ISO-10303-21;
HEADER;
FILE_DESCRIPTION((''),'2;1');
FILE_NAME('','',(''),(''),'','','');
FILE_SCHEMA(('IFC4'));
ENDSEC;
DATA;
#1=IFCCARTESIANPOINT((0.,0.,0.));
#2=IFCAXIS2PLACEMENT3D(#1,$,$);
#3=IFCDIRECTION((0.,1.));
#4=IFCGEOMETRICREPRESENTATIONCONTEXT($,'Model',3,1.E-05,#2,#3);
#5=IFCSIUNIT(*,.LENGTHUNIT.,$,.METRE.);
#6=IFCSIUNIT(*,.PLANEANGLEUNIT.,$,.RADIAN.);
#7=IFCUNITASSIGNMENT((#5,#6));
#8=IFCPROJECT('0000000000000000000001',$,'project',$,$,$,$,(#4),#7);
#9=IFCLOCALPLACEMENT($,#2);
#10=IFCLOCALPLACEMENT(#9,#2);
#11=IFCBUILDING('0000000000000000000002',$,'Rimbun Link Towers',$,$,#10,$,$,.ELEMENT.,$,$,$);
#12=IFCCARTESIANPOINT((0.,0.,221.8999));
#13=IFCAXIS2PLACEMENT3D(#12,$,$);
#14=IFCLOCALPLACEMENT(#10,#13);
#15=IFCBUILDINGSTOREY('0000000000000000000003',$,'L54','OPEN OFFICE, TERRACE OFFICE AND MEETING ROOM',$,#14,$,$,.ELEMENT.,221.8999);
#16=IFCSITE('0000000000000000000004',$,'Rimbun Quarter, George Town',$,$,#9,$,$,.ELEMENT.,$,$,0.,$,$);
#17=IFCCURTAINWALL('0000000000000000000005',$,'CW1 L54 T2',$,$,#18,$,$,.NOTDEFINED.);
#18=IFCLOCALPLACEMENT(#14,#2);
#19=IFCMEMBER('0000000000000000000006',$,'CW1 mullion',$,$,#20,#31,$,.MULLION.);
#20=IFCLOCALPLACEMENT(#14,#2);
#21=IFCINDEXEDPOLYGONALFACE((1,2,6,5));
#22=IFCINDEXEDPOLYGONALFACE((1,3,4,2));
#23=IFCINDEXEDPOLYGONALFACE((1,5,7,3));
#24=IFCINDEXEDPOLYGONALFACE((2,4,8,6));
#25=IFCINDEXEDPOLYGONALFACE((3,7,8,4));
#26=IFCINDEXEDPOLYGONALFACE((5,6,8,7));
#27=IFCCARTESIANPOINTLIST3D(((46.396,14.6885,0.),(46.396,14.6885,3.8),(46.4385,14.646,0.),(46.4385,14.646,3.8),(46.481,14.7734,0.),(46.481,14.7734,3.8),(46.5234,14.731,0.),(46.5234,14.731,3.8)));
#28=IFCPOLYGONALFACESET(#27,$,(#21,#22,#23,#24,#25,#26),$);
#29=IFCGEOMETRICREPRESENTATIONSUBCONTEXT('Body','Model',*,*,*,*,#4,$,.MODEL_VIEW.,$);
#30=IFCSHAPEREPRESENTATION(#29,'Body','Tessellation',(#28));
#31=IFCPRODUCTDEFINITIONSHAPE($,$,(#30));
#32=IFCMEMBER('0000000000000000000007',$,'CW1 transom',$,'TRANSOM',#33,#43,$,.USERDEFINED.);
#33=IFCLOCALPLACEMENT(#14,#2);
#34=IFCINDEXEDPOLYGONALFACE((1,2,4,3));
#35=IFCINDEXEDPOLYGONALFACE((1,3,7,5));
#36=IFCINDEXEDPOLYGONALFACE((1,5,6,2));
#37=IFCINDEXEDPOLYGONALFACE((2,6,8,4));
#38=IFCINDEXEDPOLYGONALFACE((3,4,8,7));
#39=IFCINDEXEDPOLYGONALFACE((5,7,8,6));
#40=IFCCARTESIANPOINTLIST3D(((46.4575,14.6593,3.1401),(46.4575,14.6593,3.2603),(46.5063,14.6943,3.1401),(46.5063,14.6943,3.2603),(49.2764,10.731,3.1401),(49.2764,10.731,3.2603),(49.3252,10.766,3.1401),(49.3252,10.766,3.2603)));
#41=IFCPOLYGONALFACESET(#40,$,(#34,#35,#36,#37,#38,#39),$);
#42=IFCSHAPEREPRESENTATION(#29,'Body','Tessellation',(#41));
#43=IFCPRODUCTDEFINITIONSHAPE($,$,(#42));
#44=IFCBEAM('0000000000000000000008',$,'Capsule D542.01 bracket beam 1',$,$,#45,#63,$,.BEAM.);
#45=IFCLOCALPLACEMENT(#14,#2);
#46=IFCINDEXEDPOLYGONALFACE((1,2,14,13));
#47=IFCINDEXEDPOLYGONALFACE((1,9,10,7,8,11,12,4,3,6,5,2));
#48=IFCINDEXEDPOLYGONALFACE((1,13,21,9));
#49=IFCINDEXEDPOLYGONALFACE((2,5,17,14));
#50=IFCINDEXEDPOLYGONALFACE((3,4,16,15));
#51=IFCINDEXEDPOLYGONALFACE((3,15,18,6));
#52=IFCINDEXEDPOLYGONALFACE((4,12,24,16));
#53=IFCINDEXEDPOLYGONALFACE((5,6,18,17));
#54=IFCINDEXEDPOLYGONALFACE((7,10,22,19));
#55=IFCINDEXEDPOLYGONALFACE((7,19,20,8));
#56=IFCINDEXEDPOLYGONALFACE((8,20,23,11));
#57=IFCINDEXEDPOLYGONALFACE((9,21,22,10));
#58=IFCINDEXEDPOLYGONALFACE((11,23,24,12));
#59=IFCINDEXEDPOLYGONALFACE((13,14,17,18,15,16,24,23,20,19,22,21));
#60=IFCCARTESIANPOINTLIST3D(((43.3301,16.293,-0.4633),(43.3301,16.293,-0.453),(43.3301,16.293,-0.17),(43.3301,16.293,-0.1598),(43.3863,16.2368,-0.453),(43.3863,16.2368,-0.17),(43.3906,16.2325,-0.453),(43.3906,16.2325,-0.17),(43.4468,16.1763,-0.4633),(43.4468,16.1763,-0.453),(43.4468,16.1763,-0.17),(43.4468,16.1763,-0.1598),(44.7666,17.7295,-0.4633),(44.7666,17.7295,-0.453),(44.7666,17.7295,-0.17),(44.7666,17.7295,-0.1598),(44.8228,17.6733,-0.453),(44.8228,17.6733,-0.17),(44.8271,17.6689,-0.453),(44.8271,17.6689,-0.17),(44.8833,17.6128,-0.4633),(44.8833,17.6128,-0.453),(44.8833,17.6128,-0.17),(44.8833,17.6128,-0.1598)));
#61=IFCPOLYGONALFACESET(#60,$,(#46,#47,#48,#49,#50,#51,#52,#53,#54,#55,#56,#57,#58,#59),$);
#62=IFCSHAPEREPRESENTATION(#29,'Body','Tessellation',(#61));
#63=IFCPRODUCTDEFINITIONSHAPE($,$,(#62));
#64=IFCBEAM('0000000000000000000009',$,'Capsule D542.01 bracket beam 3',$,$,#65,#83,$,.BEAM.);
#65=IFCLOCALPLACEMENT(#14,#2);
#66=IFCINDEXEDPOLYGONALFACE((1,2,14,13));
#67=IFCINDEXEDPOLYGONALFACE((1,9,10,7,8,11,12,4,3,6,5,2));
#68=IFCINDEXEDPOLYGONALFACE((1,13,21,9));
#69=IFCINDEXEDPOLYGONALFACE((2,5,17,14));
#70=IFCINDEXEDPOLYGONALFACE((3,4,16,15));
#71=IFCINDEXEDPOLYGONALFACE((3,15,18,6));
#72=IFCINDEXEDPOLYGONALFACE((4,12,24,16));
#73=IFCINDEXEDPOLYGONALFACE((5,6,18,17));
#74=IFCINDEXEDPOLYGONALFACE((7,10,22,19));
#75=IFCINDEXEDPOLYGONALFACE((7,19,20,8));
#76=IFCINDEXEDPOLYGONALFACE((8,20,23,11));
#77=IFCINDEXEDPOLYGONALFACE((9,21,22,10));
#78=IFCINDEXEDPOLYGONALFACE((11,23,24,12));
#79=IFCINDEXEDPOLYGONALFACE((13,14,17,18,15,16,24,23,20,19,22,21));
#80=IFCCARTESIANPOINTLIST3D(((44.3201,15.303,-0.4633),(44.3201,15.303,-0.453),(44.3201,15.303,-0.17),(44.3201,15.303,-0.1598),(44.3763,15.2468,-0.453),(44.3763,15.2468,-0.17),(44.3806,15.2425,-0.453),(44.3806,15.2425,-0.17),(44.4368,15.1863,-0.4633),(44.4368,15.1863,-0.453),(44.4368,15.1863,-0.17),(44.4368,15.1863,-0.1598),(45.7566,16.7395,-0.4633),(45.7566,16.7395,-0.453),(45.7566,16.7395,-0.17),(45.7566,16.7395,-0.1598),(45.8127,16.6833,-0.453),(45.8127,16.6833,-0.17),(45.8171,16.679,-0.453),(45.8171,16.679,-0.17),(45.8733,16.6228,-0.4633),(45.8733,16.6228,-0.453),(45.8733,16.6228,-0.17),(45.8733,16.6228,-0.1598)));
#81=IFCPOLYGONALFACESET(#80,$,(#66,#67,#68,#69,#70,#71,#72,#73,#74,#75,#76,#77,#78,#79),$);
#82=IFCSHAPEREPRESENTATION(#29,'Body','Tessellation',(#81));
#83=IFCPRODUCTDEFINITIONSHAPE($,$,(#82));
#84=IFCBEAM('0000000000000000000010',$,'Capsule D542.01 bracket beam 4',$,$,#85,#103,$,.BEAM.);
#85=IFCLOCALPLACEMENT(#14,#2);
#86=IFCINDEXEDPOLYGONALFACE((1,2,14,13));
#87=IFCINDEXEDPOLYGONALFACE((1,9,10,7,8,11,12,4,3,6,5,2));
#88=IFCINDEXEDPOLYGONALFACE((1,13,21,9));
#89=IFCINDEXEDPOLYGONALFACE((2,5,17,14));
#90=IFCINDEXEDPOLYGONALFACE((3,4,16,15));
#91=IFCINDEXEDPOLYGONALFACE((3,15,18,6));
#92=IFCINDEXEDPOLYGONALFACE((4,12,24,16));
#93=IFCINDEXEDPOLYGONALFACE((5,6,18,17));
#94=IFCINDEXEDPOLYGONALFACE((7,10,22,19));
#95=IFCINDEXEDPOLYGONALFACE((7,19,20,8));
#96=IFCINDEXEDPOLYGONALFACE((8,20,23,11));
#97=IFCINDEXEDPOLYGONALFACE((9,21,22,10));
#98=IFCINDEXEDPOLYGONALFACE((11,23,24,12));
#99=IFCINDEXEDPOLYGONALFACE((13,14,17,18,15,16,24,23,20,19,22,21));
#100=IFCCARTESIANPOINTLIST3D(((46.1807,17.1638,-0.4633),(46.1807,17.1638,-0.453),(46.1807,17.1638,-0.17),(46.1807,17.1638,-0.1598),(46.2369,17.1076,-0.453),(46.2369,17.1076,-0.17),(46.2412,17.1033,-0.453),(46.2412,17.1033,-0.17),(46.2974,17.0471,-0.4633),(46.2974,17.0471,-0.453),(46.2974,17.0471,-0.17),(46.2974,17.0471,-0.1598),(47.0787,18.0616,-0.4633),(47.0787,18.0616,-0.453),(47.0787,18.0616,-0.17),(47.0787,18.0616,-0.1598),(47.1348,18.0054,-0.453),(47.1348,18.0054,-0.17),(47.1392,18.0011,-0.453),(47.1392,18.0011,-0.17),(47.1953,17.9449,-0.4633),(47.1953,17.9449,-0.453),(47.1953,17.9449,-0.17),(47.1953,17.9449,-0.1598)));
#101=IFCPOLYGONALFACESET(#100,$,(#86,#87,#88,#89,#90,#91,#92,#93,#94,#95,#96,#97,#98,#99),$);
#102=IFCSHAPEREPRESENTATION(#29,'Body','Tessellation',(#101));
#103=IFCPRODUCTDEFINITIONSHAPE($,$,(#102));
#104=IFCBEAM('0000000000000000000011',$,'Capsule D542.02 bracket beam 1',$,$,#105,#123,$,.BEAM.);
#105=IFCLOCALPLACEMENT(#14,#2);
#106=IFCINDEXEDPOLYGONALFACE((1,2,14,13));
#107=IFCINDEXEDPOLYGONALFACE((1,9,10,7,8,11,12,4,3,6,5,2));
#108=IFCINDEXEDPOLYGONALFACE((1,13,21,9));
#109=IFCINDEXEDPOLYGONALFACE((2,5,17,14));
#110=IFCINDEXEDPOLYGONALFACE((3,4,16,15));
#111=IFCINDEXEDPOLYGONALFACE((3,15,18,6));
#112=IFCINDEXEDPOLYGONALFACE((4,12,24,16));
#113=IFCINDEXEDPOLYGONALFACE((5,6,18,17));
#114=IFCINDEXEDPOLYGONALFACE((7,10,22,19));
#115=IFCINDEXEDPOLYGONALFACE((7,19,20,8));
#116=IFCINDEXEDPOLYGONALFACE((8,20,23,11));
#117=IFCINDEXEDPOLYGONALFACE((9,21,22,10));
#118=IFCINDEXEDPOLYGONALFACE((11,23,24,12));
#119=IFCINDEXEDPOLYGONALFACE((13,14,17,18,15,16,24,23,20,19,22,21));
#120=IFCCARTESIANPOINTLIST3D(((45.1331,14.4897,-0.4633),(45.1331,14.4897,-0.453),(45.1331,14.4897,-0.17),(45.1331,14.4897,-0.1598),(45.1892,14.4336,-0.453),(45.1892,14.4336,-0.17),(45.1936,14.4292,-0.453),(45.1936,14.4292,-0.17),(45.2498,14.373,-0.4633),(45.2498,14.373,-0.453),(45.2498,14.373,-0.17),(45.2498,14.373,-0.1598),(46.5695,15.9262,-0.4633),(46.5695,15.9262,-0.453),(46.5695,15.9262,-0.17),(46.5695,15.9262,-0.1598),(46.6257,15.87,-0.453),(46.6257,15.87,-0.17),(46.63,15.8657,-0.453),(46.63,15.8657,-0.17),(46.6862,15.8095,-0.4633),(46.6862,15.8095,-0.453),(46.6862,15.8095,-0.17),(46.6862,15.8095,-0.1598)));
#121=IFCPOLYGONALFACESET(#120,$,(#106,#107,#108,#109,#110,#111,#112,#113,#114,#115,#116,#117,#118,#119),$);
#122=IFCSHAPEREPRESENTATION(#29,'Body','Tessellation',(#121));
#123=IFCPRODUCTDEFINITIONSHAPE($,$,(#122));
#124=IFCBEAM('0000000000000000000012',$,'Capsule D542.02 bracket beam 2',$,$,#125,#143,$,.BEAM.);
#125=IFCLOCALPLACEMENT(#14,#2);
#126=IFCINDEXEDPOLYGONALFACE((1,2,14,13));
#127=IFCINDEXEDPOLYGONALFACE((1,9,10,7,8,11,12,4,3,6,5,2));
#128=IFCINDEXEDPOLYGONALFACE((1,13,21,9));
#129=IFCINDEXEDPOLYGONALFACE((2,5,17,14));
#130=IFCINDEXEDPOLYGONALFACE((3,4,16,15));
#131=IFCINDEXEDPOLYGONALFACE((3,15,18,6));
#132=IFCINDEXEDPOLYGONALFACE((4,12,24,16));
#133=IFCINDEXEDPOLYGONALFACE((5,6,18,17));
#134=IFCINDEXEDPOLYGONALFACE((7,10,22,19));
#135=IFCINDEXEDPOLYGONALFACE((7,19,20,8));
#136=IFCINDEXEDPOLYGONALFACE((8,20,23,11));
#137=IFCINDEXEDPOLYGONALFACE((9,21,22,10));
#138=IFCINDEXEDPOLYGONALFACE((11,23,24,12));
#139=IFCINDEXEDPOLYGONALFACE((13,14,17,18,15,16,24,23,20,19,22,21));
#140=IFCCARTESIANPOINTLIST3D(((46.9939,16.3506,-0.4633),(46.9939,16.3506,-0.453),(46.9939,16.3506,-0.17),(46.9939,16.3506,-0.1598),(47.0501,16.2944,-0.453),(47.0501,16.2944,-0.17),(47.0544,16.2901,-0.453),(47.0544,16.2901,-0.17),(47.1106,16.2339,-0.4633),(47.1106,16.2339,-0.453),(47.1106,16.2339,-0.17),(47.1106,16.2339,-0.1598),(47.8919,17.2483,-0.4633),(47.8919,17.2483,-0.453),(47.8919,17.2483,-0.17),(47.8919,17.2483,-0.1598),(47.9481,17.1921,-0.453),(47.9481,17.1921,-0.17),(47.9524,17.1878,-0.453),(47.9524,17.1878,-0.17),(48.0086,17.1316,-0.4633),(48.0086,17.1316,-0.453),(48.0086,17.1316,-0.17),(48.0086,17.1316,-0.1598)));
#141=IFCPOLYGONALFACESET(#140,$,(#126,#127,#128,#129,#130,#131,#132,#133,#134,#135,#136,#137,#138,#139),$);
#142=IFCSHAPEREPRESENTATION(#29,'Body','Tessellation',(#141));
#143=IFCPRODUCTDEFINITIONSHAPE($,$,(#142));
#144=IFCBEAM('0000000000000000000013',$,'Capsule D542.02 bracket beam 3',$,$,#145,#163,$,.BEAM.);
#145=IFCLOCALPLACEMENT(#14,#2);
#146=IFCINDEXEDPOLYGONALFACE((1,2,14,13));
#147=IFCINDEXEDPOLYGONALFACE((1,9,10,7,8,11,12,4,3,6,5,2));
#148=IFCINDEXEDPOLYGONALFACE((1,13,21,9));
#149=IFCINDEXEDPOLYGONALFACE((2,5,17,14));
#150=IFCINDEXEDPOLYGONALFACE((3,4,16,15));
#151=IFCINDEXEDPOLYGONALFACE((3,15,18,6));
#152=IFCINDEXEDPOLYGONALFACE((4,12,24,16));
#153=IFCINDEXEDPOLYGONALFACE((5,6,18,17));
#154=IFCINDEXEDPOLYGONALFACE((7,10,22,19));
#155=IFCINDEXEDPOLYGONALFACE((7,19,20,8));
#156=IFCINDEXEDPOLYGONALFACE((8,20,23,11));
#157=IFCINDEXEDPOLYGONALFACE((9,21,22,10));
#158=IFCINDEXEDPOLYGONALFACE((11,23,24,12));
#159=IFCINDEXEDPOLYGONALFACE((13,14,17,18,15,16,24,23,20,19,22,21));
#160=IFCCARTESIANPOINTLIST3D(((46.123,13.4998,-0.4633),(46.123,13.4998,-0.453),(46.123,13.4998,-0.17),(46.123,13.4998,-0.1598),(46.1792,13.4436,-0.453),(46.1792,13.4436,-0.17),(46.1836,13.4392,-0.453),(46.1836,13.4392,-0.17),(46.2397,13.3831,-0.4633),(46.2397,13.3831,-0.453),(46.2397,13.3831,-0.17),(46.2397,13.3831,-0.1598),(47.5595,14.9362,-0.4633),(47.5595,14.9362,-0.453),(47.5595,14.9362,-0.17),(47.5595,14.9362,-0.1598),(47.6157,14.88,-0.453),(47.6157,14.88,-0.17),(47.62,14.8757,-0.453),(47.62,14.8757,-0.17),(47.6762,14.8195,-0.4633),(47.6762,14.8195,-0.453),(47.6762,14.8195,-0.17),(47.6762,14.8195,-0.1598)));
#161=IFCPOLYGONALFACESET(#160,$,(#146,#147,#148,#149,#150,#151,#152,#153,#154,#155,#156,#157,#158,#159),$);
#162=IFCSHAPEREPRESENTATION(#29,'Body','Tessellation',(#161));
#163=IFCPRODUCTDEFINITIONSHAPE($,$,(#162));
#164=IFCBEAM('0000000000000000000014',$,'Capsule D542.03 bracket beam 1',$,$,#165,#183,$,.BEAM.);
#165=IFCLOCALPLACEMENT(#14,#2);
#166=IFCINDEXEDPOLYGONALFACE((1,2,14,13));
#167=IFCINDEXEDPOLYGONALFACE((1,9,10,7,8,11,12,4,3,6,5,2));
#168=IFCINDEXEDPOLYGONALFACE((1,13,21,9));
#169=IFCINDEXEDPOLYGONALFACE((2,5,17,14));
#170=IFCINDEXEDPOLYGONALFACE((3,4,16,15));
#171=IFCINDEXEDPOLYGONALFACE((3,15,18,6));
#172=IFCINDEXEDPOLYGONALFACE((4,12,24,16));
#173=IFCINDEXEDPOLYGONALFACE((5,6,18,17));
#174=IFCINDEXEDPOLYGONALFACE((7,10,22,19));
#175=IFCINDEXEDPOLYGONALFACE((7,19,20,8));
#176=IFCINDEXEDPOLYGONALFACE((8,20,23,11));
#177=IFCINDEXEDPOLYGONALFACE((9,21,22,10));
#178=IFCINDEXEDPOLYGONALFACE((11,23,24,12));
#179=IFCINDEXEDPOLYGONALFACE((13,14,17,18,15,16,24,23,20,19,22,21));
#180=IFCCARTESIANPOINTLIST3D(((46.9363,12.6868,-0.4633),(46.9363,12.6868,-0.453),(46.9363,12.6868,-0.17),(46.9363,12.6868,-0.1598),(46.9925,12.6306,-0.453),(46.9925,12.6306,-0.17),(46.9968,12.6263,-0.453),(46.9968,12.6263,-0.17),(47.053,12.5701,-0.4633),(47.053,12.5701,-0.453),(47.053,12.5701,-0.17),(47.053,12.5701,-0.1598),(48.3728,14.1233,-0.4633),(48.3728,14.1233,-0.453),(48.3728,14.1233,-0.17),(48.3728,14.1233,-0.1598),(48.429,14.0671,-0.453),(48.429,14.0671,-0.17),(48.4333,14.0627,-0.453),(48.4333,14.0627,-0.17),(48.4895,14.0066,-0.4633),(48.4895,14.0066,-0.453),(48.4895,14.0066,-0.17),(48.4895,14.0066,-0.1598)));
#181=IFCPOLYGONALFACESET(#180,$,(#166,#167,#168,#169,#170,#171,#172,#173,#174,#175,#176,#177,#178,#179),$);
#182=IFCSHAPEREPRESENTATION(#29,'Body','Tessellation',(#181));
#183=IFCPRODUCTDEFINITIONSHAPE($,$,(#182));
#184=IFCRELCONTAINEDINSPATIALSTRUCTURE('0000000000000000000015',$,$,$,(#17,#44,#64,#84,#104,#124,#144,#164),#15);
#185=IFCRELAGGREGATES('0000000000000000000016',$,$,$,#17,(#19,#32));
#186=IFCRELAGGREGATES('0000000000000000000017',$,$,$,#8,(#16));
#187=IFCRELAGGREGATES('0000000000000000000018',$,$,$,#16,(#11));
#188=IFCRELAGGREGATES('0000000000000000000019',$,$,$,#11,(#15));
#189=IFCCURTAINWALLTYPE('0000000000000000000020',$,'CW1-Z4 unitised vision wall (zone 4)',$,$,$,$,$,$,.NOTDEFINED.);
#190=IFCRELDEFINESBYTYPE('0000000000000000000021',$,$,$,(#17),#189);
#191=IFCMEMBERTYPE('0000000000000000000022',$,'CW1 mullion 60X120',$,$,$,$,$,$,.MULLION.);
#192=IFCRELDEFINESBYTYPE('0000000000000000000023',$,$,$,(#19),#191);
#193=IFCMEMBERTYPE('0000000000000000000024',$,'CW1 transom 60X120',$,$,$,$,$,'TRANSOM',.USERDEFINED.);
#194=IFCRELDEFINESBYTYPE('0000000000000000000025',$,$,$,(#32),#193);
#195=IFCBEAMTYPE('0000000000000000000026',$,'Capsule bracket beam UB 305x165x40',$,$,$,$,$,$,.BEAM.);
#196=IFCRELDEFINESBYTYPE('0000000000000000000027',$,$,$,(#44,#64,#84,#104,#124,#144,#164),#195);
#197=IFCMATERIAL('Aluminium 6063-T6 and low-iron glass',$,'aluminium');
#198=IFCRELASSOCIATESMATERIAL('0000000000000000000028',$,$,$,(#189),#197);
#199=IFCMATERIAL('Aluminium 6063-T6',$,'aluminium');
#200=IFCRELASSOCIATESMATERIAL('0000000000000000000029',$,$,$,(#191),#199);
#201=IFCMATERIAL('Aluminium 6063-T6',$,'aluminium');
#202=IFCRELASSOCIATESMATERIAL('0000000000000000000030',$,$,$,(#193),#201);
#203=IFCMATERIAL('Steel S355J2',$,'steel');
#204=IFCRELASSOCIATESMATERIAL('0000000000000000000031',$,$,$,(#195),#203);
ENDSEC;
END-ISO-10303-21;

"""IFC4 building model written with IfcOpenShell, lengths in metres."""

from ifc_helpers import new_model, si_unit, direction, frame, origin, origin_2d, place, context, subcontext, project, spatial, rectangle, i_section, extrude, material, material_profile, profile_set, type_object, element, aggregate, save


model = new_model("IFC4")

# Units and contexts
model_context = context("Model", 3, precision=1e-05, world=origin(), true_north=direction((0.0, 1.0)))
body_context = subcontext(model_context, "Body", "Model", "MODEL_VIEW")
ifc_project = project(units=[si_unit("LENGTHUNIT", "METRE"), si_unit("PLANEANGLEUNIT", "RADIAN")], contexts=[model_context])

# Site, building, storey
site_placement = place(None, origin())
site = spatial("IfcSite", under=ifc_project, at=site_placement, Name="Rimbun Quarter, George Town", CompositionType="ELEMENT", RefElevation=0.0)
building_placement = place(site_placement, origin())
building = spatial("IfcBuilding", under=site, at=building_placement, Name="Rimbun Link Towers", CompositionType="ELEMENT")
storey_placement = place(building_placement, frame((0.0, 0.0, 221.8999)))
storey = spatial("IfcBuildingStorey", under=building, at=storey_placement, Name="L54", Description="OPEN OFFICE, TERRACE OFFICE AND MEETING ROOM", CompositionType="ELEMENT", Elevation=221.8999)

# Curtain wall, members
ifc_material_1 = material(Name="Aluminium 6063-T6 and low-iron glass", Category="aluminium")
curtain_wall_type = type_object("IfcCurtainWallType", Name="CW1-Z4 unitised vision wall (zone 4)", PredefinedType="NOTDEFINED", material=ifc_material_1)
curtain_wall_placement = place(storey_placement, origin())
curtain_wall = element("IfcCurtainWall", 1, at=curtain_wall_placement, inside=storey, type_object=curtain_wall_type, Name="CW1 L54 T2", PredefinedType="NOTDEFINED")
ifc_material_2 = material(Name="Aluminium 6063-T6", Category="aluminium")
ifc_material_profile_1 = material_profile(ifc_material_2, rectangle(XDim=0.1201, YDim=0.0601, at=origin_2d()), Name="MULLION 60X120")
ifc_profile_set_1 = profile_set([ifc_material_profile_1], Name="Aluminium 6063-T6")
member_type_1 = type_object("IfcMemberType", Name="CW1 mullion 60X120", PredefinedType="MULLION", material=ifc_profile_set_1)
member_1_placement = place(storey_placement, frame((46.4597, 14.7097, 0.0), z_axis=(0.0, 0.0, 1.0), x_axis=(0.707107, 0.707107, 0.0)))
member_1 = element("IfcMember", 2, at=member_1_placement, type_object=member_type_1, Name="CW1 mullion", PredefinedType="MULLION", context=body_context, shape_type="SweptSolid", body=[
    extrude(rectangle(XDim=0.1201, YDim=0.0601, at=origin_2d()), origin(), (0.0, 0.0, 1.0), 3.8),
])
ifc_material_3 = material(Name="Aluminium 6063-T6", Category="aluminium")
ifc_material_profile_2 = material_profile(ifc_material_3, rectangle(XDim=0.0601, YDim=0.1201, at=origin_2d()), Name="TRANSOM 60X120")
ifc_profile_set_2 = profile_set([ifc_material_profile_2], Name="Aluminium 6063-T6")
member_type_2 = type_object("IfcMemberType", Name="CW1 transom 60X120", ElementType="TRANSOM", PredefinedType="USERDEFINED", material=ifc_profile_set_2)
member_2_placement = place(storey_placement, frame((46.4819, 14.6768, 3.2002), z_axis=(0.583014, -0.812462, 0.0), x_axis=(0.812462, 0.583014, 0.0)))
member_2 = element("IfcMember", 3, at=member_2_placement, type_object=member_type_2, Name="CW1 transom", ObjectType="TRANSOM", PredefinedType="USERDEFINED", context=body_context, shape_type="SweptSolid", body=[
    extrude(rectangle(XDim=0.0601, YDim=0.1201, at=origin_2d()), origin(), (0.0, 0.0, 1.0), 4.835),
])
aggregate(curtain_wall, [member_1, member_2])

# Beams
ifc_material_4 = material(Name="Steel S355J2", Category="steel")
ifc_material_profile_3 = material_profile(ifc_material_4, i_section(OverallWidth=0.165, OverallDepth=0.3035, WebThickness=0.0061, FlangeThickness=0.0103, at=origin_2d()), Name="UB 305x165x40")
ifc_profile_set_3 = profile_set([ifc_material_profile_3], Name="Steel S355J2")
beam_type_1 = type_object("IfcBeamType", Name="Capsule bracket beam UB 305x165x40", PredefinedType="BEAM", material=ifc_profile_set_3)
for number, where, z_axis, x_axis, name in (
    (4, (43.3884, 16.2346, -0.3115), (0.707107, 0.707107, 0.0), (-0.707107, 0.707107, 0.0), "Capsule D542.01 bracket beam 1"),
    (5, (44.3784, 15.2446, -0.3115), (0.707107, 0.707107, 0.0), (-0.707107, 0.707107, 0.0), "Capsule D542.01 bracket beam 3"),
):
    element("IfcBeam", number, at=place(storey_placement, frame(where, z_axis=z_axis, x_axis=x_axis)), inside=storey, type_object=beam_type_1, Name=name, PredefinedType="BEAM", context=body_context, shape_type="SweptSolid", body=[
        extrude(i_section(OverallWidth=0.165, OverallDepth=0.3035, WebThickness=0.0061, FlangeThickness=0.0103, at=origin_2d()), origin(), (0.0, 0.0, 1.0), 2.0315),
    ])
beam_1_placement = place(storey_placement, frame((46.239, 17.1055, -0.3115), z_axis=(0.707203, 0.707011, 0.0), x_axis=(-0.707011, 0.707203, 0.0)))
element("IfcBeam", 6, at=beam_1_placement, inside=storey, type_object=beam_type_1, Name="Capsule D542.01 bracket beam 4", PredefinedType="BEAM", context=body_context, shape_type="SweptSolid", body=[
    extrude(i_section(OverallWidth=0.165, OverallDepth=0.3035, WebThickness=0.0061, FlangeThickness=0.0103, at=origin_2d()), origin(), (0.0, 0.0, 1.0), 1.2698),
])
beam_2_placement = place(storey_placement, frame((45.1914, 14.4314, -0.3115), z_axis=(0.707107, 0.707107, 0.0), x_axis=(-0.707107, 0.707107, 0.0)))
element("IfcBeam", 7, at=beam_2_placement, inside=storey, type_object=beam_type_1, Name="Capsule D542.02 bracket beam 1", PredefinedType="BEAM", context=body_context, shape_type="SweptSolid", body=[
    extrude(i_section(OverallWidth=0.165, OverallDepth=0.3035, WebThickness=0.0061, FlangeThickness=0.0103, at=origin_2d()), origin(), (0.0, 0.0, 1.0), 2.0315),
])
beam_3_placement = place(storey_placement, frame((47.0522, 16.2922, -0.3115), z_axis=(0.707203, 0.707011, 0.0), x_axis=(-0.707011, 0.707203, 0.0)))
element("IfcBeam", 8, at=beam_3_placement, inside=storey, type_object=beam_type_1, Name="Capsule D542.02 bracket beam 2", PredefinedType="BEAM", context=body_context, shape_type="SweptSolid", body=[
    extrude(i_section(OverallWidth=0.165, OverallDepth=0.3035, WebThickness=0.0061, FlangeThickness=0.0103, at=origin_2d()), origin(), (0.0, 0.0, 1.0), 1.2698),
])
for number, where, z_axis, x_axis, name in (
    (9, (46.1814, 13.4414, -0.3115), (0.707107, 0.707107, 0.0), (-0.707107, 0.707107, 0.0), "Capsule D542.02 bracket beam 3"),
    (10, (46.9946, 12.6284, -0.3115), (0.707107, 0.707107, 0.0), (-0.707107, 0.707107, 0.0), "Capsule D542.03 bracket beam 1"),
):
    element("IfcBeam", number, at=place(storey_placement, frame(where, z_axis=z_axis, x_axis=x_axis)), inside=storey, type_object=beam_type_1, Name=name, PredefinedType="BEAM", context=body_context, shape_type="SweptSolid", body=[
        extrude(i_section(OverallWidth=0.165, OverallDepth=0.3035, WebThickness=0.0061, FlangeThickness=0.0103, at=origin_2d()), origin(), (0.0, 0.0, 1.0), 2.0315),
    ])

save(model, "model.ifc")
